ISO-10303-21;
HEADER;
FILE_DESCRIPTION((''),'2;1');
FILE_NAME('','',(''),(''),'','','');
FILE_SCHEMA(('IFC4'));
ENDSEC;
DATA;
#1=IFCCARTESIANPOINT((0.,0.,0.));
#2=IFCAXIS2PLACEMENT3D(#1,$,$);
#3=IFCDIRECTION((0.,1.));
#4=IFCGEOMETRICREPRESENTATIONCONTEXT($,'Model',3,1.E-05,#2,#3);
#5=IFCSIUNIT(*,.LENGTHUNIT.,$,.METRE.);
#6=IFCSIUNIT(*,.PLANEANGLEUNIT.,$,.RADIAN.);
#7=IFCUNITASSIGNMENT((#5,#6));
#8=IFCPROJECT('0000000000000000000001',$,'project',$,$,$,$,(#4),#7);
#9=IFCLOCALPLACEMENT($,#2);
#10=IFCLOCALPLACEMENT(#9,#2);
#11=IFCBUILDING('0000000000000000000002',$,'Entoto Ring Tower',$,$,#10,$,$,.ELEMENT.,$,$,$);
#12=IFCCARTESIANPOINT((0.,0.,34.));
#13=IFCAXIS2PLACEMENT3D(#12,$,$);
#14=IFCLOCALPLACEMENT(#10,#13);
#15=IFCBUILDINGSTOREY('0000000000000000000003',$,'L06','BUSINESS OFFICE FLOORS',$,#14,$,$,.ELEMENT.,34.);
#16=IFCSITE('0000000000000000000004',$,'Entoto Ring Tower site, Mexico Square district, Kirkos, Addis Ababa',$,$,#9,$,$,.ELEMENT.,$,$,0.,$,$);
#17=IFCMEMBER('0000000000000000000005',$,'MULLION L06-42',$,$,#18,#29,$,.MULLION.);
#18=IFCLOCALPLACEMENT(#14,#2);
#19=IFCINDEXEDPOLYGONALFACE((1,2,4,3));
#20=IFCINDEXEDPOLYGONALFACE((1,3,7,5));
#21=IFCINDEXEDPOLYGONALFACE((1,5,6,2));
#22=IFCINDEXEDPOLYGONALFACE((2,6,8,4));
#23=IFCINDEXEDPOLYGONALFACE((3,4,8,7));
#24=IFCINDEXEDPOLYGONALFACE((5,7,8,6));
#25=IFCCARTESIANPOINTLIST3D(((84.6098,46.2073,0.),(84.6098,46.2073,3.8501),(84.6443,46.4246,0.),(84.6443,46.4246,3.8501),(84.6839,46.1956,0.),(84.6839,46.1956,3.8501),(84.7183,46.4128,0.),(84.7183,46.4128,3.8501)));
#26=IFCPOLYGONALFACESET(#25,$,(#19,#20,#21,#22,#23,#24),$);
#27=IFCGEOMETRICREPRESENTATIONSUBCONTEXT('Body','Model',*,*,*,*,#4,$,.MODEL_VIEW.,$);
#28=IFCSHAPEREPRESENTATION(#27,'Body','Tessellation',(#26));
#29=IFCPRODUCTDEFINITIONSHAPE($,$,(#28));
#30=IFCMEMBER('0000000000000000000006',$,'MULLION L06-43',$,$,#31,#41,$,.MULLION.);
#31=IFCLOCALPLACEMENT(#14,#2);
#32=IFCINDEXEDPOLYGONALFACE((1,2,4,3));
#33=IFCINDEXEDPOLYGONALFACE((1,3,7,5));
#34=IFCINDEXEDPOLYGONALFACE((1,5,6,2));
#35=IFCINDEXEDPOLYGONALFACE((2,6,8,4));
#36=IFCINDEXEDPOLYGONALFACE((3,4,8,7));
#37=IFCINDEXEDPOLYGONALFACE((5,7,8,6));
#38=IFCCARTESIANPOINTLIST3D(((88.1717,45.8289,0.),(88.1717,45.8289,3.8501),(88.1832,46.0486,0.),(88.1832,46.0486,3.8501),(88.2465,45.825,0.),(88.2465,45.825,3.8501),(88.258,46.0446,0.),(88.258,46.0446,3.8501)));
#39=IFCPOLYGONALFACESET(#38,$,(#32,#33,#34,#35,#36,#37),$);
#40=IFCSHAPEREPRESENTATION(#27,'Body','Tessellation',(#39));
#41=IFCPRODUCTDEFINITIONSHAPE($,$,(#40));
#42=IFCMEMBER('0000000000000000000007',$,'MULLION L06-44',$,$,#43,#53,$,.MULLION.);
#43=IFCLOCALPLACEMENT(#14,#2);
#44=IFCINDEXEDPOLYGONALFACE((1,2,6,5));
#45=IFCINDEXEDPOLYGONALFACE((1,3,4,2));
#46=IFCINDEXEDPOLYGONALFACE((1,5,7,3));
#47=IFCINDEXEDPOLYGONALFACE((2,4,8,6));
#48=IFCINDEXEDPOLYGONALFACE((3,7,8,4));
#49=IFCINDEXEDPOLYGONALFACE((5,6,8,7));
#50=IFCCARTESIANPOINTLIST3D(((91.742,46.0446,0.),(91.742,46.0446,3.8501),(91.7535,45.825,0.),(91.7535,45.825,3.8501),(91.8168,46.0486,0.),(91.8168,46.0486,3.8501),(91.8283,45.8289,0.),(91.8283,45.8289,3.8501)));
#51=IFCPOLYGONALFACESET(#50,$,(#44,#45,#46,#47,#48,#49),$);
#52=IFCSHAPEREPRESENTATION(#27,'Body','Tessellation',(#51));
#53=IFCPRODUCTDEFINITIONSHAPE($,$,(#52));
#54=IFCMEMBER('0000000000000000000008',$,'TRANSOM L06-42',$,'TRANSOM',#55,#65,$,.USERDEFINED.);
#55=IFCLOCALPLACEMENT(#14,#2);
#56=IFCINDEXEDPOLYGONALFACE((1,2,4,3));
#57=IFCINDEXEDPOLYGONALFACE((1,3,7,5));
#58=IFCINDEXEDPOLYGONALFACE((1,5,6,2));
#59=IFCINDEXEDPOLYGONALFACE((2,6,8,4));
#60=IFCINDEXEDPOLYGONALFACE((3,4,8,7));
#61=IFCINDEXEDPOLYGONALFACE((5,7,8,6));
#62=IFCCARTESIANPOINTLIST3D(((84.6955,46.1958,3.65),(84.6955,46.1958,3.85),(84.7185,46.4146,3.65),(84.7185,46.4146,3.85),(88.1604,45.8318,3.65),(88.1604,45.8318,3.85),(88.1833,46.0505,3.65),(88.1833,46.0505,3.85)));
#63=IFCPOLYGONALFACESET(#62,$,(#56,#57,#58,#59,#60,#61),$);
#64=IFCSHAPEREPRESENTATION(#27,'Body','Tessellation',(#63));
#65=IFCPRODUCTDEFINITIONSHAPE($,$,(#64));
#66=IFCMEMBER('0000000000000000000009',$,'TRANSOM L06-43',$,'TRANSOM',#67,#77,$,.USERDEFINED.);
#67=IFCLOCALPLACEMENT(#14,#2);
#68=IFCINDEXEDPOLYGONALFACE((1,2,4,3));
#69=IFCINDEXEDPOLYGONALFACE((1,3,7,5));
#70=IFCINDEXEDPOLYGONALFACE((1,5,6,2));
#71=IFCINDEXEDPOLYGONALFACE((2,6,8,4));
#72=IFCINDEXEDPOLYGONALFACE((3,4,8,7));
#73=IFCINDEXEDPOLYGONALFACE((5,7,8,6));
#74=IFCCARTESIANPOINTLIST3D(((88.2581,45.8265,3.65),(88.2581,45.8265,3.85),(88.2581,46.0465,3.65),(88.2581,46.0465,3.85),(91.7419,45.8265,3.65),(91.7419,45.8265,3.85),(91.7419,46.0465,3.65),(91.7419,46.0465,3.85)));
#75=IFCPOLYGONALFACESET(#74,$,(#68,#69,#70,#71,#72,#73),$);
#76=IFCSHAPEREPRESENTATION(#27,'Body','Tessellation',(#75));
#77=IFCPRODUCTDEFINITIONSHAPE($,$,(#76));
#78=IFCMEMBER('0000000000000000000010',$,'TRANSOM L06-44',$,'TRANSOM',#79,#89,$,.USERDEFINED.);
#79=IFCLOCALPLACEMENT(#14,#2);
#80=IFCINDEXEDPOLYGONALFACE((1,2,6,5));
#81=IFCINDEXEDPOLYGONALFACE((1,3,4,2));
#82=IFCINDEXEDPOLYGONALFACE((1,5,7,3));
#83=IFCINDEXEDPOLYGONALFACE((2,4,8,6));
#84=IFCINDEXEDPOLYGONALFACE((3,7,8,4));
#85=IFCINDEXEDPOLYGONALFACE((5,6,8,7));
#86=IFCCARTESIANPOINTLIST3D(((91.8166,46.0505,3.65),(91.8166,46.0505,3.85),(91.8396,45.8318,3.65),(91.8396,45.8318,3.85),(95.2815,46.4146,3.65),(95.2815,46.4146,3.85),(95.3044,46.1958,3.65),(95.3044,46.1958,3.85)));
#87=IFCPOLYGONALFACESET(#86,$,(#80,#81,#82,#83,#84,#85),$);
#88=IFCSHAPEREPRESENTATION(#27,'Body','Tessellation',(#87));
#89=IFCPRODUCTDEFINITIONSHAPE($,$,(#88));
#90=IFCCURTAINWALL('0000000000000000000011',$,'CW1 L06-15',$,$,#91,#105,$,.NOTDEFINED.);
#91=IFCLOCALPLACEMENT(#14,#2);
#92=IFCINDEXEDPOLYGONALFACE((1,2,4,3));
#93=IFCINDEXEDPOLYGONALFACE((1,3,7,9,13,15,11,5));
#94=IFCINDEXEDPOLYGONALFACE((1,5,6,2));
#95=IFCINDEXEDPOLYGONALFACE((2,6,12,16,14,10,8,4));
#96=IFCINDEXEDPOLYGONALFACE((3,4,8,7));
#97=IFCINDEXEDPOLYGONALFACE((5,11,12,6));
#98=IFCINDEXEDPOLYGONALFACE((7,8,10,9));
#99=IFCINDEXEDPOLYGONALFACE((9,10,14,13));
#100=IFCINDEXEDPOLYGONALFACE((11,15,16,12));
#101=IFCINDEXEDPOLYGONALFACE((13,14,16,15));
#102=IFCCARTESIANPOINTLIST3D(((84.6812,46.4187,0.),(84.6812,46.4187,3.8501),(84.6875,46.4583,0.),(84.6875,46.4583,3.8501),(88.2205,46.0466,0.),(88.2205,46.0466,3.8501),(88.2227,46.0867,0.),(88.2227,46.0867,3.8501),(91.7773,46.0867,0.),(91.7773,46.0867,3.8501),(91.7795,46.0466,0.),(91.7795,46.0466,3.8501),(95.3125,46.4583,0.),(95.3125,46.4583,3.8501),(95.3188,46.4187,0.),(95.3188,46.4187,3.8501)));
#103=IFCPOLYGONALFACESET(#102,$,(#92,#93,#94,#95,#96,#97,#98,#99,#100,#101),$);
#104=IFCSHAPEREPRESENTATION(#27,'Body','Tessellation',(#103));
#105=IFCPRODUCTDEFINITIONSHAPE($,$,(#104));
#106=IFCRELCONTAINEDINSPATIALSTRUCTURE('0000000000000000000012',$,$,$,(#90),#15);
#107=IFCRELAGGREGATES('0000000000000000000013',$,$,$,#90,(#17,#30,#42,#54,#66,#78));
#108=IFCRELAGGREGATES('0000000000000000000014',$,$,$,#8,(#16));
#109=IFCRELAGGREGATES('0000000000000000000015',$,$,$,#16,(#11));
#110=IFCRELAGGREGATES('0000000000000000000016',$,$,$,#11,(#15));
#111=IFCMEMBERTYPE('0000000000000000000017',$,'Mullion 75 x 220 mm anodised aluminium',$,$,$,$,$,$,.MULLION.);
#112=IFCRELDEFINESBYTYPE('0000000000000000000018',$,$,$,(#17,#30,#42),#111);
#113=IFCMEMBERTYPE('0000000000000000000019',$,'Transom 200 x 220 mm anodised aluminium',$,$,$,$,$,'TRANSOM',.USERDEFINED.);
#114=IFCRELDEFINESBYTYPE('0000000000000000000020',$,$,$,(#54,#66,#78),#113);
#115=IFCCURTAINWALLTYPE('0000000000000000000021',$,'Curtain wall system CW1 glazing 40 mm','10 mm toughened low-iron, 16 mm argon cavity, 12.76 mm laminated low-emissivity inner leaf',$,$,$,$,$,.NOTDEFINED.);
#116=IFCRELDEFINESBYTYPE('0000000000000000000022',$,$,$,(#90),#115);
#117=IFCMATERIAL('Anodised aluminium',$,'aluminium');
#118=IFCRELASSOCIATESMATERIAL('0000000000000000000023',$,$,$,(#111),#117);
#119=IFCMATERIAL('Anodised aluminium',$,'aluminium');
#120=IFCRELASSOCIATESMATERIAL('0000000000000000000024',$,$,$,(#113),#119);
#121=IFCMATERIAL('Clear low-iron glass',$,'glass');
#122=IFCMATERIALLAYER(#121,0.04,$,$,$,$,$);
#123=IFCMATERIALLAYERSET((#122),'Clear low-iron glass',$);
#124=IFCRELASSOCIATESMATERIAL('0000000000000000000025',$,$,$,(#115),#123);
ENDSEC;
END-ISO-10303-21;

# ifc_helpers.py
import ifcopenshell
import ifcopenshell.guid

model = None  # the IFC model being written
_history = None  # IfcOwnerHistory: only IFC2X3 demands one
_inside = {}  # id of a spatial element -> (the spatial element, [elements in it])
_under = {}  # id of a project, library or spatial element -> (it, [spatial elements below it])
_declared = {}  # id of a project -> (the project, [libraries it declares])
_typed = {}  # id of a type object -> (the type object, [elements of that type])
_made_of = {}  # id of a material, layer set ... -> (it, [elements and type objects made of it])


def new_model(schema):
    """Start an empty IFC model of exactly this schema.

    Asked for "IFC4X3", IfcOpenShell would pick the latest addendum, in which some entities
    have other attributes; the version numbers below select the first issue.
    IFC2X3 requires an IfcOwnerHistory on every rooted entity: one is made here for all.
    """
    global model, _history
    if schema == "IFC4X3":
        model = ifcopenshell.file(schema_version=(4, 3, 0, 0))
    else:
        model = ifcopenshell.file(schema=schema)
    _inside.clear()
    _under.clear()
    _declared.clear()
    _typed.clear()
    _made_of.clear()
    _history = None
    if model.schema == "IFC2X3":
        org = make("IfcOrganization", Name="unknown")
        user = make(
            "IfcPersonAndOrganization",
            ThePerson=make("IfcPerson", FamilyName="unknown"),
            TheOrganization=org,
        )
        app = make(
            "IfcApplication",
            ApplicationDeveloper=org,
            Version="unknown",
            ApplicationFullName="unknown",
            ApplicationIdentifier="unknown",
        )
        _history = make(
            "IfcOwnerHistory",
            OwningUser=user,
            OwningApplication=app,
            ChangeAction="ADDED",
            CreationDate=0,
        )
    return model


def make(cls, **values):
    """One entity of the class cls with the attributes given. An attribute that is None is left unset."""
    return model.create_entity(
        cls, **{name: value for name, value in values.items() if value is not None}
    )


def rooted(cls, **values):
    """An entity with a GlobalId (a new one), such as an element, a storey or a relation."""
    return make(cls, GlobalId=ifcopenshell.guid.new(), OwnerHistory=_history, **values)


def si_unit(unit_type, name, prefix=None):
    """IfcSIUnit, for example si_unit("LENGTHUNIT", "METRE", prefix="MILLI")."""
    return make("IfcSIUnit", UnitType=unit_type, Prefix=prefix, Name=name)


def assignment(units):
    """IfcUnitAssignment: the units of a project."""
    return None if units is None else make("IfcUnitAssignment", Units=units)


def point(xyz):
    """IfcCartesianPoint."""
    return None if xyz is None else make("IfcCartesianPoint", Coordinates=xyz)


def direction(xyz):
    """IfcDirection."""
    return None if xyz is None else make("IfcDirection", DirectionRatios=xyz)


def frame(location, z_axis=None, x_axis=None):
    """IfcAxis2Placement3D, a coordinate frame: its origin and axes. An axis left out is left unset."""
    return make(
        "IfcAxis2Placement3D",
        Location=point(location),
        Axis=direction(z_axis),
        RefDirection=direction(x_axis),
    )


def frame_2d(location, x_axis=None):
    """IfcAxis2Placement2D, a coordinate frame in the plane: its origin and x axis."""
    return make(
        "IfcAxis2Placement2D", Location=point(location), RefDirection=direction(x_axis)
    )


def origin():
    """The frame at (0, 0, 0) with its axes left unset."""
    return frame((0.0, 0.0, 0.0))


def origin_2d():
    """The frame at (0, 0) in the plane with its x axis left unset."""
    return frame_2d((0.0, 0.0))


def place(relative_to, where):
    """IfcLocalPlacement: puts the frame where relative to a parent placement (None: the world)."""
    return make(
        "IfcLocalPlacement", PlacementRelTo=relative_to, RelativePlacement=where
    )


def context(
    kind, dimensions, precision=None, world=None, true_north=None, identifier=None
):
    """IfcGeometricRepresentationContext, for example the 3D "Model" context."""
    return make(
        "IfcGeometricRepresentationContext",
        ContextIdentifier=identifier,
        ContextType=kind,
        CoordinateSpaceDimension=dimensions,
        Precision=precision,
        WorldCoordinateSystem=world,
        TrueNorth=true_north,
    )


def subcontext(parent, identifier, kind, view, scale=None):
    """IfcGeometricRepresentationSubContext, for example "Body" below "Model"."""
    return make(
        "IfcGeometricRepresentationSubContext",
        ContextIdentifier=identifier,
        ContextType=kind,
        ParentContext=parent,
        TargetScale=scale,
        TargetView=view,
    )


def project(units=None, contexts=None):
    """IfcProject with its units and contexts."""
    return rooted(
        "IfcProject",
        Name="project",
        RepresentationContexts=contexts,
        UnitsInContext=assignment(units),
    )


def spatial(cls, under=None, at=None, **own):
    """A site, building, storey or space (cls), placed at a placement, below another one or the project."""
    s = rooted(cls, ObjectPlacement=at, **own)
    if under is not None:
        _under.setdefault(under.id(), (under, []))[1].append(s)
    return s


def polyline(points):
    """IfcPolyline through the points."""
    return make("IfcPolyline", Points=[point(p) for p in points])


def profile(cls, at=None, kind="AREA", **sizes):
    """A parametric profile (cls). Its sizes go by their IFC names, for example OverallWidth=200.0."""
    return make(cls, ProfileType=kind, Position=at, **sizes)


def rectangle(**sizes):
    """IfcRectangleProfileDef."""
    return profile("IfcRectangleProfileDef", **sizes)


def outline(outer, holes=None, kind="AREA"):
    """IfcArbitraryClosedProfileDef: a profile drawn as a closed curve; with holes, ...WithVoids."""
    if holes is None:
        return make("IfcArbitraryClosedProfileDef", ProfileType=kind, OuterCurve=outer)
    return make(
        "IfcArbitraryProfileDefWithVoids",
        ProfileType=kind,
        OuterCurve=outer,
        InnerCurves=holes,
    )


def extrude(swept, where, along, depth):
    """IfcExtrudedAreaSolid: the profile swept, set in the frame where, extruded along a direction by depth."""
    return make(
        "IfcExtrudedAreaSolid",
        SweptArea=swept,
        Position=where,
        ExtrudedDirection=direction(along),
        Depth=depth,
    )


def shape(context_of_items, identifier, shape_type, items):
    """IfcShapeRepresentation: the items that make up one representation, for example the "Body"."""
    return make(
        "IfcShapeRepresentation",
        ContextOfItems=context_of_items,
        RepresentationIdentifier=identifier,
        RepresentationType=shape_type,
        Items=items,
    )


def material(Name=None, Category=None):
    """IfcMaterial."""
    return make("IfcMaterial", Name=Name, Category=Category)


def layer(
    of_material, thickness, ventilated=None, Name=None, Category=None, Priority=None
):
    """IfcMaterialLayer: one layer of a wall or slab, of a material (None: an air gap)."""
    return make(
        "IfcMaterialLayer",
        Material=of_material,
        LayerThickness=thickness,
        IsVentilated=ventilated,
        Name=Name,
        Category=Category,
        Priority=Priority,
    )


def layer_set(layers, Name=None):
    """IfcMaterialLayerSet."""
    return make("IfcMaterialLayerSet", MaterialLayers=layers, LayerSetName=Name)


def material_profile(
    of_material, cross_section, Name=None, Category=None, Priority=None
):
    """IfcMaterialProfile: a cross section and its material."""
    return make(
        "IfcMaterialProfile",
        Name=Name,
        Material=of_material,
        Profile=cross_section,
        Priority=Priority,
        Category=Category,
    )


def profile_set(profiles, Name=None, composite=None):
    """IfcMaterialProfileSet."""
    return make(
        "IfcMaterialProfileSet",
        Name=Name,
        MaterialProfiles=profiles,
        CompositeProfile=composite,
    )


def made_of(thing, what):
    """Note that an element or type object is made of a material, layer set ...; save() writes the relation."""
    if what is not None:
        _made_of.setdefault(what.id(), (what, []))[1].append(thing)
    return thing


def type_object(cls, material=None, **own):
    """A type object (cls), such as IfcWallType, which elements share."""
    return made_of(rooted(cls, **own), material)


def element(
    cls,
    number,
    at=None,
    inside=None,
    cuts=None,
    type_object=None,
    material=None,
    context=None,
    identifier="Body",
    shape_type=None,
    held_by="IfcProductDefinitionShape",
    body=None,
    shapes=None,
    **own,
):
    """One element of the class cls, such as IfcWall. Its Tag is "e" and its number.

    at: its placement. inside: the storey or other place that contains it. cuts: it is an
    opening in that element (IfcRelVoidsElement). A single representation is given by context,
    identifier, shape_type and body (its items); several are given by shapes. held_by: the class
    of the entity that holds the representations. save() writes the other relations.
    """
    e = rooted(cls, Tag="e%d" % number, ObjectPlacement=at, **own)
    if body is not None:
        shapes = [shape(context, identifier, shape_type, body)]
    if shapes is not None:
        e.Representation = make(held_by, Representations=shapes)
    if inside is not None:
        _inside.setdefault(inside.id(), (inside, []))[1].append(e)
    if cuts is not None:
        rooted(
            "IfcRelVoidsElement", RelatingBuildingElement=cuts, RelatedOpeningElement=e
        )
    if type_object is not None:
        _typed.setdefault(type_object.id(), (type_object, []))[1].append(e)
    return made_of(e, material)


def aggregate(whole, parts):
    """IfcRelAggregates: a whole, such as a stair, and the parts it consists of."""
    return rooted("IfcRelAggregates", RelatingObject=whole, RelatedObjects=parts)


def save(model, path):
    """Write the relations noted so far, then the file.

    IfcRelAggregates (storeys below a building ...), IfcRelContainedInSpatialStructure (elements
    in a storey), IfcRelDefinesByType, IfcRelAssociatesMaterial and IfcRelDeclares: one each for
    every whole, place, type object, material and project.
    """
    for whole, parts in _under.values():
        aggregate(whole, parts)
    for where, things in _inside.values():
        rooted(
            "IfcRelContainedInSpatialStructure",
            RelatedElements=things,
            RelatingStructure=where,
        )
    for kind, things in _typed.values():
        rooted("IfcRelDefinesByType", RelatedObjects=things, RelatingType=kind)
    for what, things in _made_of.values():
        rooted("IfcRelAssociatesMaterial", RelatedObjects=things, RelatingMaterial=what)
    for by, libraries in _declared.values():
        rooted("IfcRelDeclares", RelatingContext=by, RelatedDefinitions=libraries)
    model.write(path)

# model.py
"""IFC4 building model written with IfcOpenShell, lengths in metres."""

from ifc_helpers import new_model, si_unit, direction, frame, origin, origin_2d, place, context, subcontext, project, spatial, polyline, rectangle, outline, extrude, material, layer, layer_set, material_profile, profile_set, type_object, element, aggregate, save


model = new_model("IFC4")

# Units and contexts
model_context = context("Model", 3, precision=1e-05, world=origin(), true_north=direction((0.0, 1.0)))
body_context = subcontext(model_context, "Body", "Model", "MODEL_VIEW")
ifc_project = project(units=[si_unit("LENGTHUNIT", "METRE"), si_unit("PLANEANGLEUNIT", "RADIAN")], contexts=[model_context])

# Members
ifc_material_1 = material(Name="Anodised aluminium", Category="aluminium")
ifc_material_profile_1 = material_profile(ifc_material_1, rectangle(XDim=0.075, YDim=0.22, at=origin_2d()), Name="Mullion 75 x 220 mm anodised aluminium")
ifc_profile_set_1 = profile_set([ifc_material_profile_1], Name="Anodised aluminium")
member_type_1 = type_object("IfcMemberType", Name="Mullion 75 x 220 mm anodised aluminium", PredefinedType="MULLION", material=ifc_profile_set_1)
site_placement = place(None, origin())
building_placement = place(site_placement, origin())
storey_placement = place(building_placement, frame((0.0, 0.0, 34.0)))
member_1_placement = place(storey_placement, frame((84.6641, 46.3101, 0.0), z_axis=(0.0, 0.0, 1.0), x_axis=(0.987688, -0.156434, 0.0)))
member_1 = element("IfcMember", 1, at=member_1_placement, type_object=member_type_1, Name="MULLION L06-42", PredefinedType="MULLION", context=body_context, shape_type="SweptSolid", body=[
    extrude(rectangle(XDim=0.075, YDim=0.22, at=origin_2d()), origin(), (0.0, 0.0, 1.0), 3.8501),
])
member_2_placement = place(storey_placement, frame((88.2148, 45.9368, 0.0), z_axis=(0.0, 0.0, 1.0), x_axis=(0.99863, -0.052336, 0.0)))
member_2 = element("IfcMember", 2, at=member_2_placement, type_object=member_type_1, Name="MULLION L06-43", PredefinedType="MULLION", context=body_context, shape_type="SweptSolid", body=[
    extrude(rectangle(XDim=0.075, YDim=0.22, at=origin_2d()), origin(), (0.0, 0.0, 1.0), 3.8501),
])
member_3_placement = place(storey_placement, frame((91.7852, 45.9368, 0.0), z_axis=(0.0, 0.0, 1.0), x_axis=(0.99863, 0.052336, 0.0)))
member_3 = element("IfcMember", 3, at=member_3_placement, type_object=member_type_1, Name="MULLION L06-44", PredefinedType="MULLION", context=body_context, shape_type="SweptSolid", body=[
    extrude(rectangle(XDim=0.075, YDim=0.22, at=origin_2d()), origin(), (0.0, 0.0, 1.0), 3.8501),
])
ifc_material_2 = material(Name="Anodised aluminium", Category="aluminium")
ifc_material_profile_2 = material_profile(ifc_material_2, rectangle(XDim=0.22, YDim=0.2, at=origin_2d()), Name="Transom 200 x 220 mm anodised aluminium")
ifc_profile_set_2 = profile_set([ifc_material_profile_2], Name="Anodised aluminium")
member_type_2 = type_object("IfcMemberType", Name="Transom 200 x 220 mm anodised aluminium", ElementType="TRANSOM", PredefinedType="USERDEFINED", material=ifc_profile_set_2)
member_4_placement = place(storey_placement, frame((84.707, 46.3052, 3.75), z_axis=(0.994527, -0.104484, 0.0), x_axis=(0.104484, 0.994527, 0.0)))
member_4 = element("IfcMember", 4, at=member_4_placement, type_object=member_type_2, Name="TRANSOM L06-42", ObjectType="TRANSOM", PredefinedType="USERDEFINED", context=body_context, shape_type="SweptSolid", body=[
    extrude(rectangle(XDim=0.22, YDim=0.2, at=origin_2d()), origin(), (0.0, 0.0, 1.0), 3.4839),
])
member_5_placement = place(storey_placement, frame((88.2581, 45.9365, 3.75), z_axis=(1.0, 0.0, 0.0), x_axis=(0.0, 1.0, 0.0)))
member_5 = element("IfcMember", 5, at=member_5_placement, type_object=member_type_2, Name="TRANSOM L06-43", ObjectType="TRANSOM", PredefinedType="USERDEFINED", context=body_context, shape_type="SweptSolid", body=[
    extrude(rectangle(XDim=0.22, YDim=0.2, at=origin_2d()), origin(), (0.0, 0.0, 1.0), 3.4839),
])
member_6_placement = place(storey_placement, frame((91.8281, 45.9412, 3.75), z_axis=(0.994527, 0.104484, 0.0), x_axis=(-0.104484, 0.994527, 0.0)))
member_6 = element("IfcMember", 6, at=member_6_placement, type_object=member_type_2, Name="TRANSOM L06-44", ObjectType="TRANSOM", PredefinedType="USERDEFINED", context=body_context, shape_type="SweptSolid", body=[
    extrude(rectangle(XDim=0.22, YDim=0.2, at=origin_2d()), origin(), (0.0, 0.0, 1.0), 3.4839),
])

# Site, building, storey
site = spatial("IfcSite", under=ifc_project, at=site_placement, Name="Entoto Ring Tower site, Mexico Square district, Kirkos, Addis Ababa", CompositionType="ELEMENT", RefElevation=0.0)
building = spatial("IfcBuilding", under=site, at=building_placement, Name="Entoto Ring Tower", CompositionType="ELEMENT")
storey = spatial("IfcBuildingStorey", under=building, at=storey_placement, Name="L06", Description="BUSINESS OFFICE FLOORS", CompositionType="ELEMENT", Elevation=34.0)

# Curtain wall
ifc_material_3 = material(Name="Clear low-iron glass", Category="glass")
ifc_layer = layer(ifc_material_3, 0.04)
ifc_layer_set = layer_set([ifc_layer], Name="Clear low-iron glass")
curtain_wall_type = type_object("IfcCurtainWallType", Name="Curtain wall system CW1 glazing 40 mm", Description="10 mm toughened low-iron, 16 mm argon cavity, 12.76 mm laminated low-emissivity inner leaf", PredefinedType="NOTDEFINED", material=ifc_layer_set)
curtain_wall_1_placement = place(storey_placement, origin())
curtain_wall_1 = element("IfcCurtainWall", 7, at=curtain_wall_1_placement, inside=storey, type_object=curtain_wall_type, Name="CW1 L06-15", PredefinedType="NOTDEFINED", context=body_context, shape_type="SweptSolid", body=[
    extrude(outline(polyline([(84.6812, 46.4187), (88.2205, 46.0466), (91.7795, 46.0466), (95.3188, 46.4187), (95.3125, 46.4583), (91.7773, 46.0867), (88.2227, 46.0867), (84.6875, 46.4583), (84.6812, 46.4187)])), origin(), (0.0, 0.0, 1.0), 3.8501),
])
aggregate(curtain_wall_1, [member_1, member_2, member_3, member_4, member_5, member_6])

save(model, "model.ifc")
